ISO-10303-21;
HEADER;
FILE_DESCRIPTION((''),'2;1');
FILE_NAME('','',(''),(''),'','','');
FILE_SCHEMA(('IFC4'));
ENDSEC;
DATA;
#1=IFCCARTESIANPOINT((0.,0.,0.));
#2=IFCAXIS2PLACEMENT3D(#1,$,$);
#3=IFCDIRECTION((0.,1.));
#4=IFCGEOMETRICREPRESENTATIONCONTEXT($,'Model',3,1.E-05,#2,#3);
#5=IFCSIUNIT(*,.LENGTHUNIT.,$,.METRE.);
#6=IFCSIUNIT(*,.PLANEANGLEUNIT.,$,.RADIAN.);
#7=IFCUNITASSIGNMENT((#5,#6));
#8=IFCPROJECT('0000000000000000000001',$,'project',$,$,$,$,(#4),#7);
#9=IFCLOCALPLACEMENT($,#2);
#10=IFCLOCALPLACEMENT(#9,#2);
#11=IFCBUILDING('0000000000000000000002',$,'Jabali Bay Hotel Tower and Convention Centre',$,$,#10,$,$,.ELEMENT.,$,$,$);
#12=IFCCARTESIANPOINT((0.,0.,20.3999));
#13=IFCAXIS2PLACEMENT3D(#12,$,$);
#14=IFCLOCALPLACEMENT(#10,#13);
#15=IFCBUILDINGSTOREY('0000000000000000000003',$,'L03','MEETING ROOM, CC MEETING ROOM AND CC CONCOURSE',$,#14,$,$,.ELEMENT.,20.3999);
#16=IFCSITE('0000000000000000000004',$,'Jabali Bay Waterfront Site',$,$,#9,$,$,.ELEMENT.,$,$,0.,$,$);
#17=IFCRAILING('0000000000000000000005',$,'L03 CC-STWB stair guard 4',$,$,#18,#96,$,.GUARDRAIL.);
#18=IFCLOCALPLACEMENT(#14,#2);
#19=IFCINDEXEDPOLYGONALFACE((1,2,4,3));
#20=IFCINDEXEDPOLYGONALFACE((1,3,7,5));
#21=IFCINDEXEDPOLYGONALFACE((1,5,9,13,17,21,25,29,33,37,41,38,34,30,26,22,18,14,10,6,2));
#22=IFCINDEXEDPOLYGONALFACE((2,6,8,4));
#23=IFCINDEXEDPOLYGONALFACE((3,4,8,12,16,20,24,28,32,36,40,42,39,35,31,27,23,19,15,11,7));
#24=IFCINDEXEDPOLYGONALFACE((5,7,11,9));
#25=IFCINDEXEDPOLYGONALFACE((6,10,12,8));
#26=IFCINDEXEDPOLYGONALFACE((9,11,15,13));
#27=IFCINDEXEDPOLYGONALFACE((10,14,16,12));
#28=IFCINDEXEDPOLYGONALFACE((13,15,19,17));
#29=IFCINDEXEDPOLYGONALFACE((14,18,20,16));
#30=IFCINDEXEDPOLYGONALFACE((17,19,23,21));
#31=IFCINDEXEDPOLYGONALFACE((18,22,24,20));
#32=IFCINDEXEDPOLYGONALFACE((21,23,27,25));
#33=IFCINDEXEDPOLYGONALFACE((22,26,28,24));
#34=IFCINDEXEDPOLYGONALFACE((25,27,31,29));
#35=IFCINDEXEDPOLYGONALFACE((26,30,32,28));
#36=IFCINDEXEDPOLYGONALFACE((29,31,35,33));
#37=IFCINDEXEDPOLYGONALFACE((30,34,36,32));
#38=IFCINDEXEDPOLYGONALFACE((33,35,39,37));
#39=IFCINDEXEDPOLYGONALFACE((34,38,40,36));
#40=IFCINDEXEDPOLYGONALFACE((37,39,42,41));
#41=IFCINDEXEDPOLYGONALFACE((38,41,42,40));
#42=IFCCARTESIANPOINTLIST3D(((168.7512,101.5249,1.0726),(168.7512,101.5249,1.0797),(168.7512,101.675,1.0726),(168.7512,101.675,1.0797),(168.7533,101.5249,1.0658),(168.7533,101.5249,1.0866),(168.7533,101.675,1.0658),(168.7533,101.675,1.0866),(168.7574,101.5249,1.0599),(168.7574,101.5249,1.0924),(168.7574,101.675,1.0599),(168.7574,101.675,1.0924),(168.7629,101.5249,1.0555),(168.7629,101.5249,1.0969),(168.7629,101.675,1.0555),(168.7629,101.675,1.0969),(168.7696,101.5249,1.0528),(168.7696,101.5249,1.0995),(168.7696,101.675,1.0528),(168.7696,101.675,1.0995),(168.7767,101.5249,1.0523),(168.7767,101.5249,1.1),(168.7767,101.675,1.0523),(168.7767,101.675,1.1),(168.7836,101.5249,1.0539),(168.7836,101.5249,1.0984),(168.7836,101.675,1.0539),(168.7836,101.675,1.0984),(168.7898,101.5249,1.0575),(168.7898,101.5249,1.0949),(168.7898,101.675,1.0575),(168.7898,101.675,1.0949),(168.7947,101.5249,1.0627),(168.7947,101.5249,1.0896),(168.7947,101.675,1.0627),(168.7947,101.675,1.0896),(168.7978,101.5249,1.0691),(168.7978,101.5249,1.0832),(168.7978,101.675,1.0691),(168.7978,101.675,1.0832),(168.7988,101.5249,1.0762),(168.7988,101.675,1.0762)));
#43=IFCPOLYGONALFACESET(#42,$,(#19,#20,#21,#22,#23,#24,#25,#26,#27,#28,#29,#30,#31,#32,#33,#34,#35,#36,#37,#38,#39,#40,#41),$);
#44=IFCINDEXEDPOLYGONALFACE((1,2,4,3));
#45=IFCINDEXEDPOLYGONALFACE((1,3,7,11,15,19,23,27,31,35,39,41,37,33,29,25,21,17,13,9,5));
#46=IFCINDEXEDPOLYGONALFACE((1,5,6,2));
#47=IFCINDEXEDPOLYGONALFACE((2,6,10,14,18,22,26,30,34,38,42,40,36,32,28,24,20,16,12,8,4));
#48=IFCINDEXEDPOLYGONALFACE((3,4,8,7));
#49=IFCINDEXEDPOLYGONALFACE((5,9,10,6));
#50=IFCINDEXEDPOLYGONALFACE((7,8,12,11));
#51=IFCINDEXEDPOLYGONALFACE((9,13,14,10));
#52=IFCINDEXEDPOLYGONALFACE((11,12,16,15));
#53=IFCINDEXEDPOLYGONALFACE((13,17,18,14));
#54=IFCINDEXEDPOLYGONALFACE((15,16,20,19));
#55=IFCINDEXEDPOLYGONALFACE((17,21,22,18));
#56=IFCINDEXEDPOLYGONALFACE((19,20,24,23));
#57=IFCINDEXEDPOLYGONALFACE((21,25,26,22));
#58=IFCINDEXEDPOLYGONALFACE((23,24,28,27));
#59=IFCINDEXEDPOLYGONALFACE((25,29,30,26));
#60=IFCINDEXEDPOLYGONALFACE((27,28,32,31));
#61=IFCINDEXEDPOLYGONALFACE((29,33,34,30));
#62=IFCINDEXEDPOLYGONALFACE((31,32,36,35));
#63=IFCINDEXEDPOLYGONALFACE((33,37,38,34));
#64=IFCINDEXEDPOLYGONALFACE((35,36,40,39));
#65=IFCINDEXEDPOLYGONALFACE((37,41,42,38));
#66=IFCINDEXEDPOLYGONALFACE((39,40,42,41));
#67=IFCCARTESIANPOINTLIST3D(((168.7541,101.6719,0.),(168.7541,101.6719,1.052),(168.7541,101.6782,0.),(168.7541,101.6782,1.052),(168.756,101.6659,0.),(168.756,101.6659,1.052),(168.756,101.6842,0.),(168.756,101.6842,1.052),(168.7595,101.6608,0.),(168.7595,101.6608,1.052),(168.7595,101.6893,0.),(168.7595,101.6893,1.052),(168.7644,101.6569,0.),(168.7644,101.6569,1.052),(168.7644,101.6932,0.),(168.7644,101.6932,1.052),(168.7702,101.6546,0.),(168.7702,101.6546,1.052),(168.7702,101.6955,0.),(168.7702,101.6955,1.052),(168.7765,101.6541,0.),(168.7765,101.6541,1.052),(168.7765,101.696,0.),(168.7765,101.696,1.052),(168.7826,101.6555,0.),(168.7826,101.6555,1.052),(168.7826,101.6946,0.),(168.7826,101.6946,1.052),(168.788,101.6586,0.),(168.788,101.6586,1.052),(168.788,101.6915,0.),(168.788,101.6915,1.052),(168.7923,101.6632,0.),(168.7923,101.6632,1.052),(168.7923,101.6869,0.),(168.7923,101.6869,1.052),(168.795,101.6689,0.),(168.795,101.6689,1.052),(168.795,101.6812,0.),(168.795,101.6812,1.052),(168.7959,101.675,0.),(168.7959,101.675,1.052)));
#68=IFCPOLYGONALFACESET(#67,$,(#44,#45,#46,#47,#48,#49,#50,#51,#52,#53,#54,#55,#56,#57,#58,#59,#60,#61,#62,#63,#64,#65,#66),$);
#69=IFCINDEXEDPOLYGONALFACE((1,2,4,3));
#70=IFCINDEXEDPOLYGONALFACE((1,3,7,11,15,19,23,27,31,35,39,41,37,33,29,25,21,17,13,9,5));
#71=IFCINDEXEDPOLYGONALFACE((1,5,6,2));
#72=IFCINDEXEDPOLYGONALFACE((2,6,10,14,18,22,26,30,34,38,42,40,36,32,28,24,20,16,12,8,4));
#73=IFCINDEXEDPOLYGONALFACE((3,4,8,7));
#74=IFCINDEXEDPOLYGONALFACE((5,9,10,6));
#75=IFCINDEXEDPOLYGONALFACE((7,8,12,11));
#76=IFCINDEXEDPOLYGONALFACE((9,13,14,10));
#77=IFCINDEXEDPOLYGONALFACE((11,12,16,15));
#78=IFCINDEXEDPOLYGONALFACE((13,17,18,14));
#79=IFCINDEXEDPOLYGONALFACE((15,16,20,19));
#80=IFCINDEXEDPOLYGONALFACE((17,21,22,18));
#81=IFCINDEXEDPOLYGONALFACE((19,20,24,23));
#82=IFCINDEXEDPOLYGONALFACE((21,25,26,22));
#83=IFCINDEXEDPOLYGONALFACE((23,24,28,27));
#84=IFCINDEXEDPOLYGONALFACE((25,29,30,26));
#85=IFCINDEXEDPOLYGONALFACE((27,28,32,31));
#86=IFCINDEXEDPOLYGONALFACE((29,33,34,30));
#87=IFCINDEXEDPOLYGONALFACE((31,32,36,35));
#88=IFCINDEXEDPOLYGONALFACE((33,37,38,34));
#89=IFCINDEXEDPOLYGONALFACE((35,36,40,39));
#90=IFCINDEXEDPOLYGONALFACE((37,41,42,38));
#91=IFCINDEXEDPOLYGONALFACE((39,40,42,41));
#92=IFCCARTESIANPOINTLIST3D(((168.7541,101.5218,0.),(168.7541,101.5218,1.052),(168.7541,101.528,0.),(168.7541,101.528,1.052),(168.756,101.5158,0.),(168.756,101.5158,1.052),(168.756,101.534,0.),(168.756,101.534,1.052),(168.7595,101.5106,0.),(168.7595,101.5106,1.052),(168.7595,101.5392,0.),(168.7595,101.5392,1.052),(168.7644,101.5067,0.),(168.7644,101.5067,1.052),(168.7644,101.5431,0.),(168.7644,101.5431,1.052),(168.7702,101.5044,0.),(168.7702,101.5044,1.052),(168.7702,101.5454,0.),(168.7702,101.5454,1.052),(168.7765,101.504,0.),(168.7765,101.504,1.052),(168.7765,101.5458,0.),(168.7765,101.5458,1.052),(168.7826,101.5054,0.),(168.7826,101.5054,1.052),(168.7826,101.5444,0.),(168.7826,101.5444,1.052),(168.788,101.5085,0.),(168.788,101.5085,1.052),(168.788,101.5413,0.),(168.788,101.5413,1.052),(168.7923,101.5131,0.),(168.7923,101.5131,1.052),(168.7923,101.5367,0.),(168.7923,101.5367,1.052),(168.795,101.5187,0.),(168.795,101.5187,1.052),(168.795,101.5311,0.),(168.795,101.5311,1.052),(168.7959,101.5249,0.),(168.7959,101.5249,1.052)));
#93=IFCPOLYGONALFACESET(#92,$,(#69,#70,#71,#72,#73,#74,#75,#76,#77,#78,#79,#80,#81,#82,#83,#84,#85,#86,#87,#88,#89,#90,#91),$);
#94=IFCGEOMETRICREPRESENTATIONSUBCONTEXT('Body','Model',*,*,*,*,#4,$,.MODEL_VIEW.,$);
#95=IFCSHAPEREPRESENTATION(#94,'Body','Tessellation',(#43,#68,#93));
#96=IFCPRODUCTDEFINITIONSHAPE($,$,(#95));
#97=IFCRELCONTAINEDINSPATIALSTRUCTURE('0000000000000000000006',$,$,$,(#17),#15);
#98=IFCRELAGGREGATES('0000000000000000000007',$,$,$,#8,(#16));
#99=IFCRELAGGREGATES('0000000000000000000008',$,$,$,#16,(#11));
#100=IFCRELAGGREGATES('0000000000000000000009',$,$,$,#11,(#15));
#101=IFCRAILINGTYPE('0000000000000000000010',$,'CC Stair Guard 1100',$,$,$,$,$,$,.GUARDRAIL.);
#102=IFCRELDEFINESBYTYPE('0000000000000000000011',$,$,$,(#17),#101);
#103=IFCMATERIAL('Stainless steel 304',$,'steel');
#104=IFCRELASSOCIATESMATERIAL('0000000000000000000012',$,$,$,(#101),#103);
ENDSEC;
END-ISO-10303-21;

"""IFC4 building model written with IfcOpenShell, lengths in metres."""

from ifc_helpers import new_model, si_unit, direction, frame, origin, origin_2d, place, context, subcontext, project, spatial, circle, extrude, material, type_object, element, save


model = new_model("IFC4")

# Units and contexts
model_context = context("Model", 3, precision=1e-05, world=origin(), true_north=direction((0.0, 1.0)))
body_context = subcontext(model_context, "Body", "Model", "MODEL_VIEW")
ifc_project = project(units=[si_unit("LENGTHUNIT", "METRE"), si_unit("PLANEANGLEUNIT", "RADIAN")], contexts=[model_context])

# Site, building, storey
site_placement = place(None, origin())
site = spatial("IfcSite", under=ifc_project, at=site_placement, Name="Jabali Bay Waterfront Site", CompositionType="ELEMENT", RefElevation=0.0)
building_placement = place(site_placement, origin())
building = spatial("IfcBuilding", under=site, at=building_placement, Name="Jabali Bay Hotel Tower and Convention Centre", CompositionType="ELEMENT")
storey_placement = place(building_placement, frame((0.0, 0.0, 20.3999)))
storey = spatial("IfcBuildingStorey", under=building, at=storey_placement, Name="L03", Description="MEETING ROOM, CC MEETING ROOM AND CC CONCOURSE", CompositionType="ELEMENT", Elevation=20.3999)

# Railing
ifc_material_1 = material(Name="Stainless steel 304", Category="steel")
railing_type_1 = type_object("IfcRailingType", Name="CC Stair Guard 1100", PredefinedType="GUARDRAIL", material=ifc_material_1)
railing_1_placement = place(storey_placement, frame((168.7749, 101.675, 0.0)))
element("IfcRailing", 1, at=railing_1_placement, inside=storey, type_object=railing_type_1, Name="L03 CC-STWB stair guard 4", PredefinedType="GUARDRAIL", context=body_context, shape_type="SweptSolid", body=[
    extrude(circle(Radius=0.0239, at=origin_2d()), frame((0.0, 0.0, 1.0762), z_axis=(0.0, -1.0, 0.0), x_axis=(1.0, 0.0, 0.0)), (0.0, 0.0, 1.0), 0.1501),
    extrude(circle(Radius=0.021, at=origin_2d()), origin(), (0.0, 0.0, 1.0), 1.052),
    extrude(circle(Radius=0.021, at=origin_2d()), frame((0.0, -0.1501, 0.0)), (0.0, 0.0, 1.0), 1.052),
])

save(model, "model.ifc")
